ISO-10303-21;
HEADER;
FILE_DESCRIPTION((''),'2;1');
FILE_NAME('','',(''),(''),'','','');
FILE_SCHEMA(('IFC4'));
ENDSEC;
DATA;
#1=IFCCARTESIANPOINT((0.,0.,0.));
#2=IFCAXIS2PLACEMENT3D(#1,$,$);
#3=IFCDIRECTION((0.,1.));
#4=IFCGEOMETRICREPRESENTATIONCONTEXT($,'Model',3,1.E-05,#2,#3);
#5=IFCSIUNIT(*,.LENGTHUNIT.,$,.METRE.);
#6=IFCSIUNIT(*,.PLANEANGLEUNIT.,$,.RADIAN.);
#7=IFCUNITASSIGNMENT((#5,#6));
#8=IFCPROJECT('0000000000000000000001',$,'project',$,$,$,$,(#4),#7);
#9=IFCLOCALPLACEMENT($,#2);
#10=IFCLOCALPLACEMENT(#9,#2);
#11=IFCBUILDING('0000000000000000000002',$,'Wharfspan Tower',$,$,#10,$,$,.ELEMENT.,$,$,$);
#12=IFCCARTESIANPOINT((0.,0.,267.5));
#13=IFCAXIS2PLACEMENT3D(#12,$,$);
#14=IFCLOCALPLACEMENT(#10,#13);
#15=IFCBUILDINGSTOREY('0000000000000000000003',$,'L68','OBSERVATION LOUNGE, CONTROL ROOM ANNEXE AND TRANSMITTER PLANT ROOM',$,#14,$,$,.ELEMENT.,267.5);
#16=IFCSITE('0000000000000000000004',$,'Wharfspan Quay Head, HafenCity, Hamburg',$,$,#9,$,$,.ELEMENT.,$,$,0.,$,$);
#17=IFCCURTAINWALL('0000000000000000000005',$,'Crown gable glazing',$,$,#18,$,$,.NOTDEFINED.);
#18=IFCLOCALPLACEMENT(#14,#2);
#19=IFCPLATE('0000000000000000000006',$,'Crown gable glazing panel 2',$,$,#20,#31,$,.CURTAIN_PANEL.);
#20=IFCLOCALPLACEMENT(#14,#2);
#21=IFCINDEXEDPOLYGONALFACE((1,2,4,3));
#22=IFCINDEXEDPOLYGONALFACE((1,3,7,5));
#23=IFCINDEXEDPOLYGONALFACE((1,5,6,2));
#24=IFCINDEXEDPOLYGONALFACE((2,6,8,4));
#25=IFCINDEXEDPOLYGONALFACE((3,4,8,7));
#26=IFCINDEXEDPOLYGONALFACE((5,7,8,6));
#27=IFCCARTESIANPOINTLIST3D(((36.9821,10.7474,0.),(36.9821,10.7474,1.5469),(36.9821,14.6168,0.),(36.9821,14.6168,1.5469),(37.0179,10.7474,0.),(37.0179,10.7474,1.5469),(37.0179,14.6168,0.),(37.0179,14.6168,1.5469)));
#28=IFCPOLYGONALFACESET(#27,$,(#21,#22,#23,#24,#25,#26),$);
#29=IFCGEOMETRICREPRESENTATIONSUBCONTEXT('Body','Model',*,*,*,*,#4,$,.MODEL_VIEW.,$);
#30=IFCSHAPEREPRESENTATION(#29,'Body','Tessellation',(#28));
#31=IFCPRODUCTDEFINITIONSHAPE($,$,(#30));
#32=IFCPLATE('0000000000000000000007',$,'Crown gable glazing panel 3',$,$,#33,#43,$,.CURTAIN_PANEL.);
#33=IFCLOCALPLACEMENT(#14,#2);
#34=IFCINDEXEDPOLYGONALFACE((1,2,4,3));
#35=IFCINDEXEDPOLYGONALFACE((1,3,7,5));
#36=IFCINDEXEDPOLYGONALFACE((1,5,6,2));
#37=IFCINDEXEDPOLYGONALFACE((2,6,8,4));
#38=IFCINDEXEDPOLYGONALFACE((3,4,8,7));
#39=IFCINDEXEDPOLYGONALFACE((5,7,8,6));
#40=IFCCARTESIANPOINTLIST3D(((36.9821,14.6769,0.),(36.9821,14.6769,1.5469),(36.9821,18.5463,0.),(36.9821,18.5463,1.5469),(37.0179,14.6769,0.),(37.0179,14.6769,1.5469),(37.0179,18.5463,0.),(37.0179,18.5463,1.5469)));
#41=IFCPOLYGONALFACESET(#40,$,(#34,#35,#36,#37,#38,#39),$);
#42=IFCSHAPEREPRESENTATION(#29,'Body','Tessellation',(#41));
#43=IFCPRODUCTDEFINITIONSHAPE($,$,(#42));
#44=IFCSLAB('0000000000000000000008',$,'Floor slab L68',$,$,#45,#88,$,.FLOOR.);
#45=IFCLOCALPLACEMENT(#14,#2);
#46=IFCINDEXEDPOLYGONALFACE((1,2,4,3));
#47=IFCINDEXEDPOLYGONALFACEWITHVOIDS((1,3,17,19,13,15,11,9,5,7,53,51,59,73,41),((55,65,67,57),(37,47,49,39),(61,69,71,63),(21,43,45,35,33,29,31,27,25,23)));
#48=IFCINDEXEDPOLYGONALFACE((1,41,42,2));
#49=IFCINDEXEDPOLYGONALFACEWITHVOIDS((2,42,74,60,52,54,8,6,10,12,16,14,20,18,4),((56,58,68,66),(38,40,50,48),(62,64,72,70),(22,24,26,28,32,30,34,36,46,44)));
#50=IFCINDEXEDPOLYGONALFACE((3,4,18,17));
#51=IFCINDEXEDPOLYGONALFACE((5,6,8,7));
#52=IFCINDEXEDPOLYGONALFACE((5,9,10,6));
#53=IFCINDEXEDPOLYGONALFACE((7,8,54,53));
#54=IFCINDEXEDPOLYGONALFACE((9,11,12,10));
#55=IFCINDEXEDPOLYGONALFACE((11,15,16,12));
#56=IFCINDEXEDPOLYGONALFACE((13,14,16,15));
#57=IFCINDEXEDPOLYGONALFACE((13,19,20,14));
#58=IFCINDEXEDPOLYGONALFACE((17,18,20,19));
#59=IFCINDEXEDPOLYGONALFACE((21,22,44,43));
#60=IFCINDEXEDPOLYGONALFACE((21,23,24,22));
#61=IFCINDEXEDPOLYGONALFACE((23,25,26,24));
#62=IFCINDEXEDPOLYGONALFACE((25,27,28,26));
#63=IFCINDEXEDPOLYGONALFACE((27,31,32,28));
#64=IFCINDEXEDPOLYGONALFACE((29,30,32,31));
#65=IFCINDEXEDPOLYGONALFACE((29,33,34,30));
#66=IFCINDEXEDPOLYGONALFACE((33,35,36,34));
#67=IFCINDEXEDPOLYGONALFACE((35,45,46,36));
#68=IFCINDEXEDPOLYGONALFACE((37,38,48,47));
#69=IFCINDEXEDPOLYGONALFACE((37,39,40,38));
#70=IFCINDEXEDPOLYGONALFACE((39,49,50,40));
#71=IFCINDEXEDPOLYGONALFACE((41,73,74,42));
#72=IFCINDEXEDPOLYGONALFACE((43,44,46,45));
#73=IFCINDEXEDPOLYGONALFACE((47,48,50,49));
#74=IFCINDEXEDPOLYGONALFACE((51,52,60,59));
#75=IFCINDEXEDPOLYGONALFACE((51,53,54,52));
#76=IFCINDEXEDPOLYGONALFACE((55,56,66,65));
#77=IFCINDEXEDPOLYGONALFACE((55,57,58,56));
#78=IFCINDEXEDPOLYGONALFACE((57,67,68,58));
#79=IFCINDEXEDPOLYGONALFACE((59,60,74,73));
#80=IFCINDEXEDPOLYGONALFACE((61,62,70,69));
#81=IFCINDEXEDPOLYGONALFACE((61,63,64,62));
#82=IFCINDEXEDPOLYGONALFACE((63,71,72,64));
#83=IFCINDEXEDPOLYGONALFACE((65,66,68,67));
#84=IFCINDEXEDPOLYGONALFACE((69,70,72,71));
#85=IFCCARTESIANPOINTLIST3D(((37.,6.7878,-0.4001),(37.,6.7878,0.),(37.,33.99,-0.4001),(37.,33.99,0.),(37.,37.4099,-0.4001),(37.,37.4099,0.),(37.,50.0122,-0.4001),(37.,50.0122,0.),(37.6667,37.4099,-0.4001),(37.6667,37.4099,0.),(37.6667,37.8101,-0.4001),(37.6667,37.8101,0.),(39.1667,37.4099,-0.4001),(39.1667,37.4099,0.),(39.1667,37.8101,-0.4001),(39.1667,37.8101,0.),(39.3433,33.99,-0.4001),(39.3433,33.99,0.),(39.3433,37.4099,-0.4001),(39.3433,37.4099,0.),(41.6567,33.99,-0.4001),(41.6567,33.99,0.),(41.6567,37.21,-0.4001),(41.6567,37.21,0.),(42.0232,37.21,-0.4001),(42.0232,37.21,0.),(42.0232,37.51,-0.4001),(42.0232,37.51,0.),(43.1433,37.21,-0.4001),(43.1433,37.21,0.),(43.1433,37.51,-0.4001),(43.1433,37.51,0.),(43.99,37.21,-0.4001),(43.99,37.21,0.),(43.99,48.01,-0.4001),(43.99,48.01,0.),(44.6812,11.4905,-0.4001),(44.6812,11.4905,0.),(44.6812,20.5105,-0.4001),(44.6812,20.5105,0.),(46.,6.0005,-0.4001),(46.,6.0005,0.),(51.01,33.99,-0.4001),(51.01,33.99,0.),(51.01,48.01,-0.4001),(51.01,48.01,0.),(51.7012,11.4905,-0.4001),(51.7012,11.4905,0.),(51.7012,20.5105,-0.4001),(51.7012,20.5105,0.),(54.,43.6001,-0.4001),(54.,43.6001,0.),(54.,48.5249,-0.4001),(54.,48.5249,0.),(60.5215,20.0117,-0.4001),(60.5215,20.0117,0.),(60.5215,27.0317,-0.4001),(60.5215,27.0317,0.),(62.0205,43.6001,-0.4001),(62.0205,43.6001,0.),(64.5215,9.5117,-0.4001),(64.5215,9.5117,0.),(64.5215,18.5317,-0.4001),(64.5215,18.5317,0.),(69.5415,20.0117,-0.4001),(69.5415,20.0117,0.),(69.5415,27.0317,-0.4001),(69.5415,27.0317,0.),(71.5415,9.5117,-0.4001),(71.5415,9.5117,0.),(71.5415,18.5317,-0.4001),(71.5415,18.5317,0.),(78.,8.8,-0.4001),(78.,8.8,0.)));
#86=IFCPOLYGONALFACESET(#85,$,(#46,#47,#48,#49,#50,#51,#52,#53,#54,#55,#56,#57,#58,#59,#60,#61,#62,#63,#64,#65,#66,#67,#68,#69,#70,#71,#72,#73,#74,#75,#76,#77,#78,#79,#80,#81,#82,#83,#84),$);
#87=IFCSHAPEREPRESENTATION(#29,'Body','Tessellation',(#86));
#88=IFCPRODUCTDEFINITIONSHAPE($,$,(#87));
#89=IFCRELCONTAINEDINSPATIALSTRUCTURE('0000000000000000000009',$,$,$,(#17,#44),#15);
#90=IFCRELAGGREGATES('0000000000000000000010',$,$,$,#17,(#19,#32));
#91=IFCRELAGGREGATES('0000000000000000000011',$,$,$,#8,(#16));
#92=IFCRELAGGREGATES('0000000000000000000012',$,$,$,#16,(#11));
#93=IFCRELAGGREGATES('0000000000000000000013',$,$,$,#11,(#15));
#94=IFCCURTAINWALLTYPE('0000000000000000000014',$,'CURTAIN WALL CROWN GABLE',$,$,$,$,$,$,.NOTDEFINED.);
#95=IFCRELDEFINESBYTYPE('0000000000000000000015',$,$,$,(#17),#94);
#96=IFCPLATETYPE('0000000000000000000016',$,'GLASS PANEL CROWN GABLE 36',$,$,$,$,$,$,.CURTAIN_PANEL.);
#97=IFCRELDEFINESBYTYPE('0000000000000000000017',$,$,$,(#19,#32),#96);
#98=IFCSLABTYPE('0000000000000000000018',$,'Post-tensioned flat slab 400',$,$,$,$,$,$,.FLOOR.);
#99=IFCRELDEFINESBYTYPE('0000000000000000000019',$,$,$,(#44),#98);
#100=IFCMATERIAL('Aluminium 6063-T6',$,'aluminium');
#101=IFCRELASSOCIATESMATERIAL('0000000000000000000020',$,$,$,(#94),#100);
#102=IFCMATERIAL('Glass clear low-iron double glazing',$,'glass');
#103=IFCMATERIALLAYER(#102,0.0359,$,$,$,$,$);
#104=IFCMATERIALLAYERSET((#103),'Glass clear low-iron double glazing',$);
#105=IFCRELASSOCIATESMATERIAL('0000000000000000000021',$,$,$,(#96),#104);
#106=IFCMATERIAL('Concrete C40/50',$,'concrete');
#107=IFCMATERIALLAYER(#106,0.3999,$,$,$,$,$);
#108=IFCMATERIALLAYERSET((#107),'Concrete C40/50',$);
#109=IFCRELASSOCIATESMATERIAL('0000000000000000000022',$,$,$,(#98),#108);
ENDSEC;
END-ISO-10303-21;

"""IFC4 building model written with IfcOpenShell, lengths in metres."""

from ifc_helpers import new_model, si_unit, direction, frame, origin, origin_2d, place, context, subcontext, project, spatial, polyline, rectangle, outline, extrude, material, layer, layer_set, type_object, element, aggregate, save


model = new_model("IFC4")

# Units and contexts
model_context = context("Model", 3, precision=1e-05, world=origin(), true_north=direction((0.0, 1.0)))
body_context = subcontext(model_context, "Body", "Model", "MODEL_VIEW")
ifc_project = project(units=[si_unit("LENGTHUNIT", "METRE"), si_unit("PLANEANGLEUNIT", "RADIAN")], contexts=[model_context])

# Site, building, storey
site_placement = place(None, origin())
site = spatial("IfcSite", under=ifc_project, at=site_placement, Name="Wharfspan Quay Head, HafenCity, Hamburg", CompositionType="ELEMENT", RefElevation=0.0)
building_placement = place(site_placement, origin())
building = spatial("IfcBuilding", under=site, at=building_placement, Name="Wharfspan Tower", CompositionType="ELEMENT")
storey_placement = place(building_placement, frame((0.0, 0.0, 267.5)))
storey = spatial("IfcBuildingStorey", under=building, at=storey_placement, Name="L68", Description="OBSERVATION LOUNGE, CONTROL ROOM ANNEXE AND TRANSMITTER PLANT ROOM", CompositionType="ELEMENT", Elevation=267.5)

# Curtain wall
ifc_material_1 = material(Name="Aluminium 6063-T6", Category="aluminium")
curtain_wall_type = type_object("IfcCurtainWallType", Name="CURTAIN WALL CROWN GABLE", PredefinedType="NOTDEFINED", material=ifc_material_1)
curtain_wall_placement = place(storey_placement, origin())
curtain_wall = element("IfcCurtainWall", 1, at=curtain_wall_placement, inside=storey, type_object=curtain_wall_type, Name="Crown gable glazing", PredefinedType="NOTDEFINED")

# Plates
ifc_material_2 = material(Name="Glass clear low-iron double glazing", Category="glass")
ifc_layer_1 = layer(ifc_material_2, 0.0359)
ifc_layer_set_1 = layer_set([ifc_layer_1], Name="Glass clear low-iron double glazing")
plate_type = type_object("IfcPlateType", Name="GLASS PANEL CROWN GABLE 36", PredefinedType="CURTAIN_PANEL", material=ifc_layer_set_1)
plate_1_placement = place(storey_placement, frame((37.0, 12.6821, 0.0), z_axis=(0.0, 0.0, 1.0), x_axis=(0.0, 1.0, 0.0)))
plate_1 = element("IfcPlate", 2, at=plate_1_placement, type_object=plate_type, Name="Crown gable glazing panel 2", PredefinedType="CURTAIN_PANEL", context=body_context, shape_type="SweptSolid", body=[
    extrude(rectangle(XDim=3.8694, YDim=0.0359, at=origin_2d()), origin(), (0.0, 0.0, 1.0), 1.5469),
])
plate_2_placement = place(storey_placement, frame((37.0, 16.6116, 0.0), z_axis=(0.0, 0.0, 1.0), x_axis=(0.0, 1.0, 0.0)))
plate_2 = element("IfcPlate", 3, at=plate_2_placement, type_object=plate_type, Name="Crown gable glazing panel 3", PredefinedType="CURTAIN_PANEL", context=body_context, shape_type="SweptSolid", body=[
    extrude(rectangle(XDim=3.8694, YDim=0.0359, at=origin_2d()), origin(), (0.0, 0.0, 1.0), 1.5469),
])
aggregate(curtain_wall, [plate_1, plate_2])

# Slab
ifc_material_3 = material(Name="Concrete C40/50", Category="concrete")
ifc_layer_2 = layer(ifc_material_3, 0.3999)
ifc_layer_set_2 = layer_set([ifc_layer_2], Name="Concrete C40/50")
slab_type_1 = type_object("IfcSlabType", Name="Post-tensioned flat slab 400", PredefinedType="FLOOR", material=ifc_layer_set_2)
slab_1_placement = place(storey_placement, frame((0.0, 0.0, -0.4001)))
element("IfcSlab", 4, at=slab_1_placement, inside=storey, type_object=slab_type_1, Name="Floor slab L68", PredefinedType="FLOOR", context=body_context, shape_type="SweptSolid", body=[
    extrude(outline(polyline([(54.0, 48.5249), (37.0, 50.0122), (37.0, 37.4099), (37.6667, 37.4099), (37.6667, 37.8101), (39.1667, 37.8101), (39.1667, 37.4099), (39.3433, 37.4099), (39.3433, 33.99), (37.0, 33.99), (37.0, 6.7878), (46.0, 6.0005), (78.0, 8.8), (62.0205, 43.6001), (54.0, 43.6001), (54.0, 48.5249)]), holes=[polyline([(64.5215, 18.5317), (71.5415, 18.5317), (71.5415, 9.5117), (64.5215, 9.5117), (64.5215, 18.5317)]), polyline([(69.5415, 27.0317), (69.5415, 20.0117), (60.5215, 20.0117), (60.5215, 27.0317), (69.5415, 27.0317)]), polyline([(51.7012, 20.5105), (51.7012, 11.4905), (44.6812, 11.4905), (44.6812, 20.5105), (51.7012, 20.5105)]), polyline([(42.0232, 37.51), (43.1433, 37.51), (43.1433, 37.21), (43.99, 37.21), (43.99, 48.01), (51.01, 48.01), (51.01, 33.99), (41.6567, 33.99), (41.6567, 37.21), (42.0232, 37.21), (42.0232, 37.51)])]), origin(), (0.0, 0.0, 1.0), 0.4001),
])

save(model, "model.ifc")
